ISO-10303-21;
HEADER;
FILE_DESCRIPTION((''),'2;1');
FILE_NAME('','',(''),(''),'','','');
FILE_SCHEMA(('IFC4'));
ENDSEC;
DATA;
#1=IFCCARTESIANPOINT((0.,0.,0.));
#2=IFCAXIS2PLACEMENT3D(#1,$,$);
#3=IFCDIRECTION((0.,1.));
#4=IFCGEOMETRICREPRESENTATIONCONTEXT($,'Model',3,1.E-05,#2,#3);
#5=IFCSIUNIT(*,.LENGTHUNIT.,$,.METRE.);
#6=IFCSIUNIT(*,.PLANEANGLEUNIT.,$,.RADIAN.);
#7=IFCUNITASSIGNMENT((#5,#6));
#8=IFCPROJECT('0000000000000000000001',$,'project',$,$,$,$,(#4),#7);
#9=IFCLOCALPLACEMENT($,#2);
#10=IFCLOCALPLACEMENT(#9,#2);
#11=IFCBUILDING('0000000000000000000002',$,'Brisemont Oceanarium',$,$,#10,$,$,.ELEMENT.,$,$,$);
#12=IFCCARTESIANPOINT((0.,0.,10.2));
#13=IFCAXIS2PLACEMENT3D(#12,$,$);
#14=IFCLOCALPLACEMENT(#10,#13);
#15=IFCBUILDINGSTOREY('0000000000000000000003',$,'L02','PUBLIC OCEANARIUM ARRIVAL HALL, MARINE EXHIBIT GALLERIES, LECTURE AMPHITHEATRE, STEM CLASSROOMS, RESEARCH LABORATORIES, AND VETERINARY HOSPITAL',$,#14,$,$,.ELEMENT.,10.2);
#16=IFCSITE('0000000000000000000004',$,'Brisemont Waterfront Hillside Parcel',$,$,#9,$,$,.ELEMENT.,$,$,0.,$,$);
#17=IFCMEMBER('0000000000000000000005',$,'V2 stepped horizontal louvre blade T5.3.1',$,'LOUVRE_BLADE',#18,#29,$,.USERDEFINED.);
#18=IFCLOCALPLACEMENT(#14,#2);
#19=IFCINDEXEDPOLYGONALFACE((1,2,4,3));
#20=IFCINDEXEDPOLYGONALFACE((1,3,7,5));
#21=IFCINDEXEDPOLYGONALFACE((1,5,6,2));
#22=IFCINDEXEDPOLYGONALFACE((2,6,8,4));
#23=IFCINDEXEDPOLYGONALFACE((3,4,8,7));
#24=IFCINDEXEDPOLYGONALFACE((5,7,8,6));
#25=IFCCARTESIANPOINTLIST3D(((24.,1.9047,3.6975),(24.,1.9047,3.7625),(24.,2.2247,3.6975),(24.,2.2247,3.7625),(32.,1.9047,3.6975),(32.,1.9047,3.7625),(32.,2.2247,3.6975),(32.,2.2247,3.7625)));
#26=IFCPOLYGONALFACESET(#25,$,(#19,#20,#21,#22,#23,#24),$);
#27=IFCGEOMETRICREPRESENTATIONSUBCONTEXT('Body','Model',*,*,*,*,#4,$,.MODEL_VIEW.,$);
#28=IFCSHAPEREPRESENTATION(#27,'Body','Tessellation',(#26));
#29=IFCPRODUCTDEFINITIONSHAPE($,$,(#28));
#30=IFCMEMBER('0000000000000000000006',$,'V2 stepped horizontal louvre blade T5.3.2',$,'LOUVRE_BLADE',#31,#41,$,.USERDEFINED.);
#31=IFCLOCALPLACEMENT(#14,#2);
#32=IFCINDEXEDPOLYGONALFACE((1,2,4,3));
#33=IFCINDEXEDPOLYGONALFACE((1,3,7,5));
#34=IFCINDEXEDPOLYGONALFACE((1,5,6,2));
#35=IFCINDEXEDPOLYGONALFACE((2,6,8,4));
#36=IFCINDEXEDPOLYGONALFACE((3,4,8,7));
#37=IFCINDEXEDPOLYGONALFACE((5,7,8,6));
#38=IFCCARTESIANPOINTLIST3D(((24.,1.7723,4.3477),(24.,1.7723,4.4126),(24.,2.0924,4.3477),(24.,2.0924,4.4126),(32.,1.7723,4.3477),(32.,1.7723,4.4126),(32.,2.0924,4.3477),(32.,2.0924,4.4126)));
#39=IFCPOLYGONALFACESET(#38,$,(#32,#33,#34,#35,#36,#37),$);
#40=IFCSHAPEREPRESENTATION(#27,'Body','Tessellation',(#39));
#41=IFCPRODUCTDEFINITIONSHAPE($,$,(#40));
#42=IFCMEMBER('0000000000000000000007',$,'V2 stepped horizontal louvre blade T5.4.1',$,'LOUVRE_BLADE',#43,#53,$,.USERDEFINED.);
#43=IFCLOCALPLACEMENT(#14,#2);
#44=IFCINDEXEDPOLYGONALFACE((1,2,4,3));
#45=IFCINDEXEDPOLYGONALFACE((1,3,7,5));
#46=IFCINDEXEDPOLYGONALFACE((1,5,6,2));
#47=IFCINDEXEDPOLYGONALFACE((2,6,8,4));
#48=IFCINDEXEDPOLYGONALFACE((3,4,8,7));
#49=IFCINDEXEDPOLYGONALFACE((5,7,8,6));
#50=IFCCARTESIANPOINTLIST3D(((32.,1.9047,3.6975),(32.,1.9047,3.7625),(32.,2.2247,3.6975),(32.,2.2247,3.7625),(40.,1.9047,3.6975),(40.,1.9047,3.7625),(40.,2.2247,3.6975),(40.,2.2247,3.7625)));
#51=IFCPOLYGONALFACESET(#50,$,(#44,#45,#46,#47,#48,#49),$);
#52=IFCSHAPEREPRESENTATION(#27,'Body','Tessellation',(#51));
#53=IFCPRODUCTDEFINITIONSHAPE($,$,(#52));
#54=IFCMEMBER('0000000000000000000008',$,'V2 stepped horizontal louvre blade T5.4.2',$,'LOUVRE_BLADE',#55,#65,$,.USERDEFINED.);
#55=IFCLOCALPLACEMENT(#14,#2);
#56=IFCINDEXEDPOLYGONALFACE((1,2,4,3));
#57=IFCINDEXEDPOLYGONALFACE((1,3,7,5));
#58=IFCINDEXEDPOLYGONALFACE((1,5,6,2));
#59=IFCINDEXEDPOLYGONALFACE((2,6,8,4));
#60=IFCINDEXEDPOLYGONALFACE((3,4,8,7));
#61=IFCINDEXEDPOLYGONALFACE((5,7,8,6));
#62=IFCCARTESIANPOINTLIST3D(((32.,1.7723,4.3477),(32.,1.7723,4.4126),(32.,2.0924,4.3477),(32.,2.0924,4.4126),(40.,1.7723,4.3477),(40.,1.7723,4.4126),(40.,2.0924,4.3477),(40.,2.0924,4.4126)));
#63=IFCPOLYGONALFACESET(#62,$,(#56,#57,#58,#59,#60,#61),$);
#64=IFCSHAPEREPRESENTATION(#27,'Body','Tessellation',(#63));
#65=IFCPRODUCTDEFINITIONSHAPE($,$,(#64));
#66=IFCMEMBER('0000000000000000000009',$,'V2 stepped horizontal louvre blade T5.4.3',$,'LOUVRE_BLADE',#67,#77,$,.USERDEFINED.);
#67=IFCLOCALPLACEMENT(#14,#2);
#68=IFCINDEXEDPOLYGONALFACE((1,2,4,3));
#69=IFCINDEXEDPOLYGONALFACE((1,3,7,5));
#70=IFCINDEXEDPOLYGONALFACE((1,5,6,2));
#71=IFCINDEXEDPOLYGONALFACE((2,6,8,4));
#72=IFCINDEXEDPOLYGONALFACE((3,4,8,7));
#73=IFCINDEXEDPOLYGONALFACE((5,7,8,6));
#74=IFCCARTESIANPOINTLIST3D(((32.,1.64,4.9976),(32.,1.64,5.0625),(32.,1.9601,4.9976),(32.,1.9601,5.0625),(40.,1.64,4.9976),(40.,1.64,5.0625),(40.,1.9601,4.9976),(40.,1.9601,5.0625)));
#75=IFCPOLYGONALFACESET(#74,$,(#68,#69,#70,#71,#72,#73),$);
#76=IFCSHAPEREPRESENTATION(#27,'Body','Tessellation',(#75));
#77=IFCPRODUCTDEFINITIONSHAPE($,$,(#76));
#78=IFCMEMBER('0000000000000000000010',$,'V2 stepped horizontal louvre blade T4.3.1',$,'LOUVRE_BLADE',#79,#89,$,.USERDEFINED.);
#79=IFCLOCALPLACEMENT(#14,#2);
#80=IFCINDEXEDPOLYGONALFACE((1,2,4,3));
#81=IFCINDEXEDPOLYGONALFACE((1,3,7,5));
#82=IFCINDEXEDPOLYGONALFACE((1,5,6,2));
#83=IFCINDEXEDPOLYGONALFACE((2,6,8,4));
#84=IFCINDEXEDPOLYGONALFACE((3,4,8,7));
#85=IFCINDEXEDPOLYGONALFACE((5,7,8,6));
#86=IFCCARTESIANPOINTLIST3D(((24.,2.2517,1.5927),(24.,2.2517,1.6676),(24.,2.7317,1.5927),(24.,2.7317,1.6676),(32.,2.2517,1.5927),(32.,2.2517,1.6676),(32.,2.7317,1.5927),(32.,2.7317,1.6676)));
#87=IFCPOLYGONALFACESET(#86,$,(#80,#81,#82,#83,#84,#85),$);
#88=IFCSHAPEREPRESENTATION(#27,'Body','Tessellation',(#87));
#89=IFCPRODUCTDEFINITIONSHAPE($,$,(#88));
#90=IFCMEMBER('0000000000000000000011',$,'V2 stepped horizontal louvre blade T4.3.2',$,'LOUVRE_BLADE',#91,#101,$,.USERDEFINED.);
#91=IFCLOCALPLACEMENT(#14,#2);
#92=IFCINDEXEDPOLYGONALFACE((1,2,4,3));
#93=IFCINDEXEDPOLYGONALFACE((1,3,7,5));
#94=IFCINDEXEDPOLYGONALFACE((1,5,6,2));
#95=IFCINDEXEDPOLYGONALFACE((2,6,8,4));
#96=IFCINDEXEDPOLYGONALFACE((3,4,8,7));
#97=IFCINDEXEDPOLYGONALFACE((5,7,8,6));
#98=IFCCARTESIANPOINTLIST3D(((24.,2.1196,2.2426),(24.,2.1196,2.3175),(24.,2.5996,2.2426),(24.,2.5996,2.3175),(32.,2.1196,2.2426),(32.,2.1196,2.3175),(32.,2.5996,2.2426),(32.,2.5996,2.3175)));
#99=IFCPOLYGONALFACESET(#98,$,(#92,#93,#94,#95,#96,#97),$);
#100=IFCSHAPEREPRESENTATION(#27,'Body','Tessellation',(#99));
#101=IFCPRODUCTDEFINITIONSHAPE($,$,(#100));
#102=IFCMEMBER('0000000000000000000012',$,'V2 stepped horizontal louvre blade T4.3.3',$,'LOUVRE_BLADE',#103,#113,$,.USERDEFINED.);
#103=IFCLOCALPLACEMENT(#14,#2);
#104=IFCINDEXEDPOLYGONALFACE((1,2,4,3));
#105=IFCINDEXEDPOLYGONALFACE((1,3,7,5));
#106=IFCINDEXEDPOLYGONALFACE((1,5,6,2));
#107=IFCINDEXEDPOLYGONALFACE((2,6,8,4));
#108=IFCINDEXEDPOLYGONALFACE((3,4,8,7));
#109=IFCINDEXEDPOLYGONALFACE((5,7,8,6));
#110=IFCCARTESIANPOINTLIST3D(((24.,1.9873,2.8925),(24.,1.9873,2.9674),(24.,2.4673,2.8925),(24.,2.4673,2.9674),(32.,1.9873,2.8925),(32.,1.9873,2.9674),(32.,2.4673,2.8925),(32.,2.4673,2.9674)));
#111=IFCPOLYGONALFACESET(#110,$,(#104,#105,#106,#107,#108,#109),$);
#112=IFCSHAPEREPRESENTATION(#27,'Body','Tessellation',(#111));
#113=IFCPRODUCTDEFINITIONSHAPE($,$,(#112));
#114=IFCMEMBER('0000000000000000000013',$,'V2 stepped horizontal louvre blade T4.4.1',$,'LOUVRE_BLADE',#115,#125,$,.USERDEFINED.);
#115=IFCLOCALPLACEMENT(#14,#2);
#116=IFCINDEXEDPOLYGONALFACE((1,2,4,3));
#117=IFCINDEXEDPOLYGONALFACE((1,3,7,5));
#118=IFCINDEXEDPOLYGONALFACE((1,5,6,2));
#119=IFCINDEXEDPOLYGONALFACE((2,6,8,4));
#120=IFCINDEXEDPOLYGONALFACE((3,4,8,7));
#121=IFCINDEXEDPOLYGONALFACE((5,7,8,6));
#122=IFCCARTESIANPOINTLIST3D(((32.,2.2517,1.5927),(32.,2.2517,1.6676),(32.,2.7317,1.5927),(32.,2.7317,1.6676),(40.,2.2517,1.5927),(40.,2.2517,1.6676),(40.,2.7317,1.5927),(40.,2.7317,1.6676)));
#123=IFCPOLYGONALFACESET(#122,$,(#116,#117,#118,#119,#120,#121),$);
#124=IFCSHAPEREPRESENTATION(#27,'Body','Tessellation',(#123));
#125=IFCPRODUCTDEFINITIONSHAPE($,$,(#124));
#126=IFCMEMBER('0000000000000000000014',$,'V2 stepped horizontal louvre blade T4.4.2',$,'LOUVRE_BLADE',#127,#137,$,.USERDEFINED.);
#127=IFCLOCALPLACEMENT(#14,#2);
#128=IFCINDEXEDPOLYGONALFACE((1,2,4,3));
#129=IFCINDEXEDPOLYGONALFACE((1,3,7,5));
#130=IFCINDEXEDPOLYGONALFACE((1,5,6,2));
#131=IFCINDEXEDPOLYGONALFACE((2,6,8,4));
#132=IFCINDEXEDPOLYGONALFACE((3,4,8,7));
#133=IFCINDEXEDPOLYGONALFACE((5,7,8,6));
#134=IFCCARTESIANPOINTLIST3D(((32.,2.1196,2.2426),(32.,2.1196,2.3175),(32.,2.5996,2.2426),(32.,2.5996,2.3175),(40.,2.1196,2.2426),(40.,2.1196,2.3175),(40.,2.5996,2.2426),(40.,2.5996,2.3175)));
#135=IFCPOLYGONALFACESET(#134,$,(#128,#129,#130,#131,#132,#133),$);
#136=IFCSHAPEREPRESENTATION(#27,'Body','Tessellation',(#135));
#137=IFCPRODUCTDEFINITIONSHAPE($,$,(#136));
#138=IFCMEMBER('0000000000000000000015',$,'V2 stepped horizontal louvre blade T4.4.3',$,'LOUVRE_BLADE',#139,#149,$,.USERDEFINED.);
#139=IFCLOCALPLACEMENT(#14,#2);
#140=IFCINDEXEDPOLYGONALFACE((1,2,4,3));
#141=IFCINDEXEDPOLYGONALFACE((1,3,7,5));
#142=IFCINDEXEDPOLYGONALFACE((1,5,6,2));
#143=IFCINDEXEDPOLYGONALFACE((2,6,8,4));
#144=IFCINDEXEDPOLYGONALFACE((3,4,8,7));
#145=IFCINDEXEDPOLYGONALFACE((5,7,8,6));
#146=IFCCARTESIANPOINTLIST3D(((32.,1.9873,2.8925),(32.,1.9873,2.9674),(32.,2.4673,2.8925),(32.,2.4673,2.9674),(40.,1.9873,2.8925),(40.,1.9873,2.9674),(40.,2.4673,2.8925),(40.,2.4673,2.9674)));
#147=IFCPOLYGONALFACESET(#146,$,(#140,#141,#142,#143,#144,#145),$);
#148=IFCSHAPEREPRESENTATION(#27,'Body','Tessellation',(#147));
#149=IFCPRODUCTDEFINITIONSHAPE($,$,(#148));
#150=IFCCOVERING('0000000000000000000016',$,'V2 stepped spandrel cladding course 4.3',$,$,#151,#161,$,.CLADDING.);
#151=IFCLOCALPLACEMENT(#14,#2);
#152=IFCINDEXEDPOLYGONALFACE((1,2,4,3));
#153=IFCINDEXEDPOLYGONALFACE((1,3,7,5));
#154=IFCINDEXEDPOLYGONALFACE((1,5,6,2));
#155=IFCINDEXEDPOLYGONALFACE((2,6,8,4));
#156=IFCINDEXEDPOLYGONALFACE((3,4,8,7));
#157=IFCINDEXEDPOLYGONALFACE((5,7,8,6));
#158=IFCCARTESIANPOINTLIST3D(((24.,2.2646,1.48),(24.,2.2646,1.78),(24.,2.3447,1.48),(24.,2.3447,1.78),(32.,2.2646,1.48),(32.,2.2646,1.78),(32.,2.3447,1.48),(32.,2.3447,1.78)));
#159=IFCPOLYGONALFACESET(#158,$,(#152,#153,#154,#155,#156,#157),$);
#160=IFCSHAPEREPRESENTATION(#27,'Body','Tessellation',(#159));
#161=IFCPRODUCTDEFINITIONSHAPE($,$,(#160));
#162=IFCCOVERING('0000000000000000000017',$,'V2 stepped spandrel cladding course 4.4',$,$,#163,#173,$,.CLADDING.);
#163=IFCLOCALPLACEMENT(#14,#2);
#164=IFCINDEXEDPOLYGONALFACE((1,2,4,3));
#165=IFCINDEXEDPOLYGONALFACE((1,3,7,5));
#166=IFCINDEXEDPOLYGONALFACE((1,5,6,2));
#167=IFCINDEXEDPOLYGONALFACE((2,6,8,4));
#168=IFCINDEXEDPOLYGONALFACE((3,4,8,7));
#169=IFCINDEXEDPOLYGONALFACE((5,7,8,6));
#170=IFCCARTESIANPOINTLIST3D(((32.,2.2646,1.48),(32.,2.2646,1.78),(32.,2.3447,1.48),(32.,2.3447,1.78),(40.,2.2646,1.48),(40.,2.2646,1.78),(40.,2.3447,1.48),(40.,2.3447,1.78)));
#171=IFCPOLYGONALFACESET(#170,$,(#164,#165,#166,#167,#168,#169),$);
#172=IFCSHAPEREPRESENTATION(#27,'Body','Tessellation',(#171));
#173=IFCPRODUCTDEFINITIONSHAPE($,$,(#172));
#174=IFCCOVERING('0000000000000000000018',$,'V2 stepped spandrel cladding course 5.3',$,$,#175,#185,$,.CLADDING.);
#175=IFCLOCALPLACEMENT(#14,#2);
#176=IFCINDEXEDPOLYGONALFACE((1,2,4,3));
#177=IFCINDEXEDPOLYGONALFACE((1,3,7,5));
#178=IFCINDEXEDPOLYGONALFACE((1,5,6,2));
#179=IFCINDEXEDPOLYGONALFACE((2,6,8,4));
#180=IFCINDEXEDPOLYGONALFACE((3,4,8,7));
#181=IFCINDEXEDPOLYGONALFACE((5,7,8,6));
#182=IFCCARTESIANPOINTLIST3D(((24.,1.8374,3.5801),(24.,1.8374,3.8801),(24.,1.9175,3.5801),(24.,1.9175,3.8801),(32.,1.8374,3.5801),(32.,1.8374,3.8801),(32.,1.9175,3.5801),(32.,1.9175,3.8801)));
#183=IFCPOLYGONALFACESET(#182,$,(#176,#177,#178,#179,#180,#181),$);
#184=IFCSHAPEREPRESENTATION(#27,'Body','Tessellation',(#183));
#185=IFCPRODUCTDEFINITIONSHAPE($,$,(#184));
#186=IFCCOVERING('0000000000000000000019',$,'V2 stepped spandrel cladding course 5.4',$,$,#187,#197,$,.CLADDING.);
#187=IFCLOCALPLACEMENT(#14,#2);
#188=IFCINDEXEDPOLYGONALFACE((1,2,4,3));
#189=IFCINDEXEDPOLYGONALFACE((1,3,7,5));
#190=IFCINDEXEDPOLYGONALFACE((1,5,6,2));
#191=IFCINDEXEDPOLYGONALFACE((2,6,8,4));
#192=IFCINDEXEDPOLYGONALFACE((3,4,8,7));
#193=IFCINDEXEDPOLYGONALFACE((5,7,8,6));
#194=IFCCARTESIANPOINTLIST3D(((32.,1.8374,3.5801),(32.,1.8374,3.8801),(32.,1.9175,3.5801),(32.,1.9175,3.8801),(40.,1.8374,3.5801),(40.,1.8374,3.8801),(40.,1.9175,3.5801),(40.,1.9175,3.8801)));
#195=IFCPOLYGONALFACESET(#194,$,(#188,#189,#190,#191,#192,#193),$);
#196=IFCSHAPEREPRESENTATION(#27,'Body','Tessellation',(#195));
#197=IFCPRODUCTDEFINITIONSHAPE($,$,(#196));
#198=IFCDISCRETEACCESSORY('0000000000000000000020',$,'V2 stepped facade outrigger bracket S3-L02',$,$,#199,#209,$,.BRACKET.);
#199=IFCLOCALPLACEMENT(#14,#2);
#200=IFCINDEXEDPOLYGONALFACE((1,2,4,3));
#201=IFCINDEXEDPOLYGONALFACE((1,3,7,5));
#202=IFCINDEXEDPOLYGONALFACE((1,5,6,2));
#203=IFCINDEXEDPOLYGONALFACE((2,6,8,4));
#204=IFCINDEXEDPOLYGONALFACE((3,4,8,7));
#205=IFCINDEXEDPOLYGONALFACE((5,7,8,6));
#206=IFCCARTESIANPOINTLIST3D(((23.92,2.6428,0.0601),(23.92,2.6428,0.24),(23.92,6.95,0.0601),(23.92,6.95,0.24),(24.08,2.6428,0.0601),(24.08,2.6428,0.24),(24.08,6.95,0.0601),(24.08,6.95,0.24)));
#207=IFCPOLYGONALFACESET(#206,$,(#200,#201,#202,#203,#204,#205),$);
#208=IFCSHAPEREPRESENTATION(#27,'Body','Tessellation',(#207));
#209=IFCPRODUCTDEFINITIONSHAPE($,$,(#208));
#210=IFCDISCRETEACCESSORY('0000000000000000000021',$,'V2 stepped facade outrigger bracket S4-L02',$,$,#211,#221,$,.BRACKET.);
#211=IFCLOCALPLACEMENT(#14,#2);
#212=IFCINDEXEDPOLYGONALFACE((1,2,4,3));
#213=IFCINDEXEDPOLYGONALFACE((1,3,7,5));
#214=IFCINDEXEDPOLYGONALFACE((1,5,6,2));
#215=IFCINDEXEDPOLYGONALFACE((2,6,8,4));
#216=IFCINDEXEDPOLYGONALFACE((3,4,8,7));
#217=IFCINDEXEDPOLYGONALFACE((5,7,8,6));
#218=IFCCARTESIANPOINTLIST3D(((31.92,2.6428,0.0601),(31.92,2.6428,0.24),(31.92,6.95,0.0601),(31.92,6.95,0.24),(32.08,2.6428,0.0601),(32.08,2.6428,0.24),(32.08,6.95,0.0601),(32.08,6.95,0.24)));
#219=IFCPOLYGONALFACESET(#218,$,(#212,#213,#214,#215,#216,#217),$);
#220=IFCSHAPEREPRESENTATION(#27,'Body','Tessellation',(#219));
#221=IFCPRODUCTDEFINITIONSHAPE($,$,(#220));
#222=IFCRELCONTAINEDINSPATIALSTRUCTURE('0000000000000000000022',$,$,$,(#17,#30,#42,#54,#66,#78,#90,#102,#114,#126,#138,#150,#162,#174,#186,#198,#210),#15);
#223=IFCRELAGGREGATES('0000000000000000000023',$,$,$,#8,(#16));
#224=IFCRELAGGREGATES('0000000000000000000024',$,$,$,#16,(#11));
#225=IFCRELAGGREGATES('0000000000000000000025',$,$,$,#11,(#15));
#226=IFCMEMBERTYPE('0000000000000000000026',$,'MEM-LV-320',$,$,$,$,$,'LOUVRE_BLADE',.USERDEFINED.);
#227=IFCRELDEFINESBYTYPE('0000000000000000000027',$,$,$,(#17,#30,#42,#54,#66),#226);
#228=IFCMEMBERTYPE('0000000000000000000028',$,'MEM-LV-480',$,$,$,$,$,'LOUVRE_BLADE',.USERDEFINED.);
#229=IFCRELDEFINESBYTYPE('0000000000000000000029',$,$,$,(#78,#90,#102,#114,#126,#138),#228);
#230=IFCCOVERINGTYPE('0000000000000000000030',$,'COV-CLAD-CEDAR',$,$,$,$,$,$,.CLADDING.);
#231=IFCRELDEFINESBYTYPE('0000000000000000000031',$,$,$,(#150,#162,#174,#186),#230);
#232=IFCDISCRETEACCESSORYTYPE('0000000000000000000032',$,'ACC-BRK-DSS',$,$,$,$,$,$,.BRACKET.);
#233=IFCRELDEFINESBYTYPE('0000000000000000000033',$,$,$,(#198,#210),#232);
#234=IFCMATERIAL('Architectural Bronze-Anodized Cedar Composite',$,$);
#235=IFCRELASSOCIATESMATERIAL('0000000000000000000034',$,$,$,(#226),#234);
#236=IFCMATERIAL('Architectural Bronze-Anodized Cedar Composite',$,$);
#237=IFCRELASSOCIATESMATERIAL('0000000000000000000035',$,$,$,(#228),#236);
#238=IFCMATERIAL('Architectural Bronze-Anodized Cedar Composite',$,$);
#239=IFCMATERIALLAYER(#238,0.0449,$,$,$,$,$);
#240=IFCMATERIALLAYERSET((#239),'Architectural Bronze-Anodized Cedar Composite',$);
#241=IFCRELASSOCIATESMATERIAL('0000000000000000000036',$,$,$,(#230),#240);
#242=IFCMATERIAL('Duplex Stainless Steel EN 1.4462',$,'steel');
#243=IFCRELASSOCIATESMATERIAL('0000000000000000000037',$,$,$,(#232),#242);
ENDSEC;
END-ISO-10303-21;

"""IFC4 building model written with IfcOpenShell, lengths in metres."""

from ifc_helpers import new_model, si_unit, direction, frame, origin, origin_2d, place, context, subcontext, project, spatial, rectangle, extrude, material, layer, layer_set, material_profile, profile_set, type_object, element, save


model = new_model("IFC4")

# Units and contexts
model_context = context("Model", 3, precision=1e-05, world=origin(), true_north=direction((0.0, 1.0)))
body_context = subcontext(model_context, "Body", "Model", "MODEL_VIEW")
ifc_project = project(units=[si_unit("LENGTHUNIT", "METRE"), si_unit("PLANEANGLEUNIT", "RADIAN")], contexts=[model_context])

# Site, building, storey
site_placement = place(None, origin())
site = spatial("IfcSite", under=ifc_project, at=site_placement, Name="Brisemont Waterfront Hillside Parcel", CompositionType="ELEMENT", RefElevation=0.0)
building_placement = place(site_placement, origin())
building = spatial("IfcBuilding", under=site, at=building_placement, Name="Brisemont Oceanarium", CompositionType="ELEMENT")
storey_placement = place(building_placement, frame((0.0, 0.0, 10.2)))
storey = spatial("IfcBuildingStorey", under=building, at=storey_placement, Name="L02", Description="PUBLIC OCEANARIUM ARRIVAL HALL, MARINE EXHIBIT GALLERIES, LECTURE AMPHITHEATRE, STEM CLASSROOMS, RESEARCH LABORATORIES, AND VETERINARY HOSPITAL", CompositionType="ELEMENT", Elevation=10.2)

# Members
ifc_material_1 = material(Name="Architectural Bronze-Anodized Cedar Composite")
ifc_material_profile_1 = material_profile(ifc_material_1, rectangle(XDim=0.3201, YDim=0.0649, at=origin_2d()), Name="LOUVRE-320X65")
ifc_profile_set_1 = profile_set([ifc_material_profile_1], Name="Architectural Bronze-Anodized Cedar Composite")
member_type_1 = type_object("IfcMemberType", Name="MEM-LV-320", ElementType="LOUVRE_BLADE", PredefinedType="USERDEFINED", material=ifc_profile_set_1)
for number, where, z_axis, x_axis, name in (
    (1, (24.0, 2.0647, 3.73), (1.0, 0.0, 0.0), (0.0, 1.0, 0.0), "V2 stepped horizontal louvre blade T5.3.1"),
    (2, (24.0, 1.9324, 4.3801), (1.0, 0.0, 0.0), (0.0, 1.0, 0.0), "V2 stepped horizontal louvre blade T5.3.2"),
    (3, (32.0, 2.0647, 3.73), (1.0, 0.0, 0.0), (0.0, 1.0, 0.0), "V2 stepped horizontal louvre blade T5.4.1"),
    (4, (32.0, 1.9324, 4.3801), (1.0, 0.0, 0.0), (0.0, 1.0, 0.0), "V2 stepped horizontal louvre blade T5.4.2"),
    (5, (32.0, 1.8, 5.03), (1.0, 0.0, 0.0), (0.0, 1.0, 0.0), "V2 stepped horizontal louvre blade T5.4.3"),
):
    element("IfcMember", number, at=place(storey_placement, frame(where, z_axis=z_axis, x_axis=x_axis)), inside=storey, type_object=member_type_1, Name=name, ObjectType="LOUVRE_BLADE", PredefinedType="USERDEFINED", context=body_context, shape_type="SweptSolid", body=[
        extrude(rectangle(XDim=0.3201, YDim=0.0649, at=origin_2d()), origin(), (0.0, 0.0, 1.0), 8.0),
    ])
ifc_material_2 = material(Name="Architectural Bronze-Anodized Cedar Composite")
ifc_material_profile_2 = material_profile(ifc_material_2, rectangle(XDim=0.48, YDim=0.075, at=origin_2d()), Name="LOUVRE-480X75")
ifc_profile_set_2 = profile_set([ifc_material_profile_2], Name="Architectural Bronze-Anodized Cedar Composite")
member_type_2 = type_object("IfcMemberType", Name="MEM-LV-480", ElementType="LOUVRE_BLADE", PredefinedType="USERDEFINED", material=ifc_profile_set_2)
for number, where, z_axis, x_axis, name in (
    (6, (24.0, 2.4917, 1.6301), (1.0, 0.0, 0.0), (0.0, 1.0, 0.0), "V2 stepped horizontal louvre blade T4.3.1"),
    (7, (24.0, 2.3596, 2.28), (1.0, 0.0, 0.0), (0.0, 1.0, 0.0), "V2 stepped horizontal louvre blade T4.3.2"),
    (8, (24.0, 2.2273, 2.9299), (1.0, 0.0, 0.0), (0.0, 1.0, 0.0), "V2 stepped horizontal louvre blade T4.3.3"),
    (9, (32.0, 2.4917, 1.6301), (1.0, 0.0, 0.0), (0.0, 1.0, 0.0), "V2 stepped horizontal louvre blade T4.4.1"),
    (10, (32.0, 2.3596, 2.28), (1.0, 0.0, 0.0), (0.0, 1.0, 0.0), "V2 stepped horizontal louvre blade T4.4.2"),
    (11, (32.0, 2.2273, 2.9299), (1.0, 0.0, 0.0), (0.0, 1.0, 0.0), "V2 stepped horizontal louvre blade T4.4.3"),
):
    element("IfcMember", number, at=place(storey_placement, frame(where, z_axis=z_axis, x_axis=x_axis)), inside=storey, type_object=member_type_2, Name=name, ObjectType="LOUVRE_BLADE", PredefinedType="USERDEFINED", context=body_context, shape_type="SweptSolid", body=[
        extrude(rectangle(XDim=0.48, YDim=0.075, at=origin_2d()), origin(), (0.0, 0.0, 1.0), 8.0),
    ])

# Coverings
ifc_material_3 = material(Name="Architectural Bronze-Anodized Cedar Composite")
ifc_layer = layer(ifc_material_3, 0.0449)
ifc_layer_set = layer_set([ifc_layer], Name="Architectural Bronze-Anodized Cedar Composite")
covering_type = type_object("IfcCoveringType", Name="COV-CLAD-CEDAR", PredefinedType="CLADDING", material=ifc_layer_set)
for number, where, z_axis, x_axis, name in (
    (12, (28.0, 2.3047, 1.48), (0.0, 0.0, 1.0), (1.0, 0.0, 0.0), "V2 stepped spandrel cladding course 4.3"),
    (13, (36.0, 2.3047, 1.48), (0.0, 0.0, 1.0), (1.0, 0.0, 0.0), "V2 stepped spandrel cladding course 4.4"),
    (14, (28.0, 1.8774, 3.5801), (0.0, 0.0, 1.0), (1.0, 0.0, 0.0), "V2 stepped spandrel cladding course 5.3"),
    (15, (36.0, 1.8774, 3.5801), (0.0, 0.0, 1.0), (1.0, 0.0, 0.0), "V2 stepped spandrel cladding course 5.4"),
):
    element("IfcCovering", number, at=place(storey_placement, frame(where, z_axis=z_axis, x_axis=x_axis)), inside=storey, type_object=covering_type, Name=name, PredefinedType="CLADDING", context=body_context, shape_type="SweptSolid", body=[
        extrude(rectangle(XDim=8.0, YDim=0.0801, at=origin_2d()), origin(), (0.0, 0.0, 1.0), 0.3),
    ])

# Discrete accessories
ifc_material_4 = material(Name="Duplex Stainless Steel EN 1.4462", Category="steel")
discrete_accessory_type = type_object("IfcDiscreteAccessoryType", Name="ACC-BRK-DSS", PredefinedType="BRACKET", material=ifc_material_4)
for number, where, z_axis, x_axis, name in (
    (16, (24.0, 4.7964, 0.0601), (0.0, 0.0, 1.0), (1.0, 0.0, 0.0), "V2 stepped facade outrigger bracket S3-L02"),
    (17, (32.0, 4.7964, 0.0601), (0.0, 0.0, 1.0), (1.0, 0.0, 0.0), "V2 stepped facade outrigger bracket S4-L02"),
):
    element("IfcDiscreteAccessory", number, at=place(storey_placement, frame(where, z_axis=z_axis, x_axis=x_axis)), inside=storey, type_object=discrete_accessory_type, Name=name, PredefinedType="BRACKET", context=body_context, shape_type="SweptSolid", body=[
        extrude(rectangle(XDim=0.1599, YDim=4.3071, at=origin_2d()), origin(), (0.0, 0.0, 1.0), 0.1799),
    ])

save(model, "model.ifc")
